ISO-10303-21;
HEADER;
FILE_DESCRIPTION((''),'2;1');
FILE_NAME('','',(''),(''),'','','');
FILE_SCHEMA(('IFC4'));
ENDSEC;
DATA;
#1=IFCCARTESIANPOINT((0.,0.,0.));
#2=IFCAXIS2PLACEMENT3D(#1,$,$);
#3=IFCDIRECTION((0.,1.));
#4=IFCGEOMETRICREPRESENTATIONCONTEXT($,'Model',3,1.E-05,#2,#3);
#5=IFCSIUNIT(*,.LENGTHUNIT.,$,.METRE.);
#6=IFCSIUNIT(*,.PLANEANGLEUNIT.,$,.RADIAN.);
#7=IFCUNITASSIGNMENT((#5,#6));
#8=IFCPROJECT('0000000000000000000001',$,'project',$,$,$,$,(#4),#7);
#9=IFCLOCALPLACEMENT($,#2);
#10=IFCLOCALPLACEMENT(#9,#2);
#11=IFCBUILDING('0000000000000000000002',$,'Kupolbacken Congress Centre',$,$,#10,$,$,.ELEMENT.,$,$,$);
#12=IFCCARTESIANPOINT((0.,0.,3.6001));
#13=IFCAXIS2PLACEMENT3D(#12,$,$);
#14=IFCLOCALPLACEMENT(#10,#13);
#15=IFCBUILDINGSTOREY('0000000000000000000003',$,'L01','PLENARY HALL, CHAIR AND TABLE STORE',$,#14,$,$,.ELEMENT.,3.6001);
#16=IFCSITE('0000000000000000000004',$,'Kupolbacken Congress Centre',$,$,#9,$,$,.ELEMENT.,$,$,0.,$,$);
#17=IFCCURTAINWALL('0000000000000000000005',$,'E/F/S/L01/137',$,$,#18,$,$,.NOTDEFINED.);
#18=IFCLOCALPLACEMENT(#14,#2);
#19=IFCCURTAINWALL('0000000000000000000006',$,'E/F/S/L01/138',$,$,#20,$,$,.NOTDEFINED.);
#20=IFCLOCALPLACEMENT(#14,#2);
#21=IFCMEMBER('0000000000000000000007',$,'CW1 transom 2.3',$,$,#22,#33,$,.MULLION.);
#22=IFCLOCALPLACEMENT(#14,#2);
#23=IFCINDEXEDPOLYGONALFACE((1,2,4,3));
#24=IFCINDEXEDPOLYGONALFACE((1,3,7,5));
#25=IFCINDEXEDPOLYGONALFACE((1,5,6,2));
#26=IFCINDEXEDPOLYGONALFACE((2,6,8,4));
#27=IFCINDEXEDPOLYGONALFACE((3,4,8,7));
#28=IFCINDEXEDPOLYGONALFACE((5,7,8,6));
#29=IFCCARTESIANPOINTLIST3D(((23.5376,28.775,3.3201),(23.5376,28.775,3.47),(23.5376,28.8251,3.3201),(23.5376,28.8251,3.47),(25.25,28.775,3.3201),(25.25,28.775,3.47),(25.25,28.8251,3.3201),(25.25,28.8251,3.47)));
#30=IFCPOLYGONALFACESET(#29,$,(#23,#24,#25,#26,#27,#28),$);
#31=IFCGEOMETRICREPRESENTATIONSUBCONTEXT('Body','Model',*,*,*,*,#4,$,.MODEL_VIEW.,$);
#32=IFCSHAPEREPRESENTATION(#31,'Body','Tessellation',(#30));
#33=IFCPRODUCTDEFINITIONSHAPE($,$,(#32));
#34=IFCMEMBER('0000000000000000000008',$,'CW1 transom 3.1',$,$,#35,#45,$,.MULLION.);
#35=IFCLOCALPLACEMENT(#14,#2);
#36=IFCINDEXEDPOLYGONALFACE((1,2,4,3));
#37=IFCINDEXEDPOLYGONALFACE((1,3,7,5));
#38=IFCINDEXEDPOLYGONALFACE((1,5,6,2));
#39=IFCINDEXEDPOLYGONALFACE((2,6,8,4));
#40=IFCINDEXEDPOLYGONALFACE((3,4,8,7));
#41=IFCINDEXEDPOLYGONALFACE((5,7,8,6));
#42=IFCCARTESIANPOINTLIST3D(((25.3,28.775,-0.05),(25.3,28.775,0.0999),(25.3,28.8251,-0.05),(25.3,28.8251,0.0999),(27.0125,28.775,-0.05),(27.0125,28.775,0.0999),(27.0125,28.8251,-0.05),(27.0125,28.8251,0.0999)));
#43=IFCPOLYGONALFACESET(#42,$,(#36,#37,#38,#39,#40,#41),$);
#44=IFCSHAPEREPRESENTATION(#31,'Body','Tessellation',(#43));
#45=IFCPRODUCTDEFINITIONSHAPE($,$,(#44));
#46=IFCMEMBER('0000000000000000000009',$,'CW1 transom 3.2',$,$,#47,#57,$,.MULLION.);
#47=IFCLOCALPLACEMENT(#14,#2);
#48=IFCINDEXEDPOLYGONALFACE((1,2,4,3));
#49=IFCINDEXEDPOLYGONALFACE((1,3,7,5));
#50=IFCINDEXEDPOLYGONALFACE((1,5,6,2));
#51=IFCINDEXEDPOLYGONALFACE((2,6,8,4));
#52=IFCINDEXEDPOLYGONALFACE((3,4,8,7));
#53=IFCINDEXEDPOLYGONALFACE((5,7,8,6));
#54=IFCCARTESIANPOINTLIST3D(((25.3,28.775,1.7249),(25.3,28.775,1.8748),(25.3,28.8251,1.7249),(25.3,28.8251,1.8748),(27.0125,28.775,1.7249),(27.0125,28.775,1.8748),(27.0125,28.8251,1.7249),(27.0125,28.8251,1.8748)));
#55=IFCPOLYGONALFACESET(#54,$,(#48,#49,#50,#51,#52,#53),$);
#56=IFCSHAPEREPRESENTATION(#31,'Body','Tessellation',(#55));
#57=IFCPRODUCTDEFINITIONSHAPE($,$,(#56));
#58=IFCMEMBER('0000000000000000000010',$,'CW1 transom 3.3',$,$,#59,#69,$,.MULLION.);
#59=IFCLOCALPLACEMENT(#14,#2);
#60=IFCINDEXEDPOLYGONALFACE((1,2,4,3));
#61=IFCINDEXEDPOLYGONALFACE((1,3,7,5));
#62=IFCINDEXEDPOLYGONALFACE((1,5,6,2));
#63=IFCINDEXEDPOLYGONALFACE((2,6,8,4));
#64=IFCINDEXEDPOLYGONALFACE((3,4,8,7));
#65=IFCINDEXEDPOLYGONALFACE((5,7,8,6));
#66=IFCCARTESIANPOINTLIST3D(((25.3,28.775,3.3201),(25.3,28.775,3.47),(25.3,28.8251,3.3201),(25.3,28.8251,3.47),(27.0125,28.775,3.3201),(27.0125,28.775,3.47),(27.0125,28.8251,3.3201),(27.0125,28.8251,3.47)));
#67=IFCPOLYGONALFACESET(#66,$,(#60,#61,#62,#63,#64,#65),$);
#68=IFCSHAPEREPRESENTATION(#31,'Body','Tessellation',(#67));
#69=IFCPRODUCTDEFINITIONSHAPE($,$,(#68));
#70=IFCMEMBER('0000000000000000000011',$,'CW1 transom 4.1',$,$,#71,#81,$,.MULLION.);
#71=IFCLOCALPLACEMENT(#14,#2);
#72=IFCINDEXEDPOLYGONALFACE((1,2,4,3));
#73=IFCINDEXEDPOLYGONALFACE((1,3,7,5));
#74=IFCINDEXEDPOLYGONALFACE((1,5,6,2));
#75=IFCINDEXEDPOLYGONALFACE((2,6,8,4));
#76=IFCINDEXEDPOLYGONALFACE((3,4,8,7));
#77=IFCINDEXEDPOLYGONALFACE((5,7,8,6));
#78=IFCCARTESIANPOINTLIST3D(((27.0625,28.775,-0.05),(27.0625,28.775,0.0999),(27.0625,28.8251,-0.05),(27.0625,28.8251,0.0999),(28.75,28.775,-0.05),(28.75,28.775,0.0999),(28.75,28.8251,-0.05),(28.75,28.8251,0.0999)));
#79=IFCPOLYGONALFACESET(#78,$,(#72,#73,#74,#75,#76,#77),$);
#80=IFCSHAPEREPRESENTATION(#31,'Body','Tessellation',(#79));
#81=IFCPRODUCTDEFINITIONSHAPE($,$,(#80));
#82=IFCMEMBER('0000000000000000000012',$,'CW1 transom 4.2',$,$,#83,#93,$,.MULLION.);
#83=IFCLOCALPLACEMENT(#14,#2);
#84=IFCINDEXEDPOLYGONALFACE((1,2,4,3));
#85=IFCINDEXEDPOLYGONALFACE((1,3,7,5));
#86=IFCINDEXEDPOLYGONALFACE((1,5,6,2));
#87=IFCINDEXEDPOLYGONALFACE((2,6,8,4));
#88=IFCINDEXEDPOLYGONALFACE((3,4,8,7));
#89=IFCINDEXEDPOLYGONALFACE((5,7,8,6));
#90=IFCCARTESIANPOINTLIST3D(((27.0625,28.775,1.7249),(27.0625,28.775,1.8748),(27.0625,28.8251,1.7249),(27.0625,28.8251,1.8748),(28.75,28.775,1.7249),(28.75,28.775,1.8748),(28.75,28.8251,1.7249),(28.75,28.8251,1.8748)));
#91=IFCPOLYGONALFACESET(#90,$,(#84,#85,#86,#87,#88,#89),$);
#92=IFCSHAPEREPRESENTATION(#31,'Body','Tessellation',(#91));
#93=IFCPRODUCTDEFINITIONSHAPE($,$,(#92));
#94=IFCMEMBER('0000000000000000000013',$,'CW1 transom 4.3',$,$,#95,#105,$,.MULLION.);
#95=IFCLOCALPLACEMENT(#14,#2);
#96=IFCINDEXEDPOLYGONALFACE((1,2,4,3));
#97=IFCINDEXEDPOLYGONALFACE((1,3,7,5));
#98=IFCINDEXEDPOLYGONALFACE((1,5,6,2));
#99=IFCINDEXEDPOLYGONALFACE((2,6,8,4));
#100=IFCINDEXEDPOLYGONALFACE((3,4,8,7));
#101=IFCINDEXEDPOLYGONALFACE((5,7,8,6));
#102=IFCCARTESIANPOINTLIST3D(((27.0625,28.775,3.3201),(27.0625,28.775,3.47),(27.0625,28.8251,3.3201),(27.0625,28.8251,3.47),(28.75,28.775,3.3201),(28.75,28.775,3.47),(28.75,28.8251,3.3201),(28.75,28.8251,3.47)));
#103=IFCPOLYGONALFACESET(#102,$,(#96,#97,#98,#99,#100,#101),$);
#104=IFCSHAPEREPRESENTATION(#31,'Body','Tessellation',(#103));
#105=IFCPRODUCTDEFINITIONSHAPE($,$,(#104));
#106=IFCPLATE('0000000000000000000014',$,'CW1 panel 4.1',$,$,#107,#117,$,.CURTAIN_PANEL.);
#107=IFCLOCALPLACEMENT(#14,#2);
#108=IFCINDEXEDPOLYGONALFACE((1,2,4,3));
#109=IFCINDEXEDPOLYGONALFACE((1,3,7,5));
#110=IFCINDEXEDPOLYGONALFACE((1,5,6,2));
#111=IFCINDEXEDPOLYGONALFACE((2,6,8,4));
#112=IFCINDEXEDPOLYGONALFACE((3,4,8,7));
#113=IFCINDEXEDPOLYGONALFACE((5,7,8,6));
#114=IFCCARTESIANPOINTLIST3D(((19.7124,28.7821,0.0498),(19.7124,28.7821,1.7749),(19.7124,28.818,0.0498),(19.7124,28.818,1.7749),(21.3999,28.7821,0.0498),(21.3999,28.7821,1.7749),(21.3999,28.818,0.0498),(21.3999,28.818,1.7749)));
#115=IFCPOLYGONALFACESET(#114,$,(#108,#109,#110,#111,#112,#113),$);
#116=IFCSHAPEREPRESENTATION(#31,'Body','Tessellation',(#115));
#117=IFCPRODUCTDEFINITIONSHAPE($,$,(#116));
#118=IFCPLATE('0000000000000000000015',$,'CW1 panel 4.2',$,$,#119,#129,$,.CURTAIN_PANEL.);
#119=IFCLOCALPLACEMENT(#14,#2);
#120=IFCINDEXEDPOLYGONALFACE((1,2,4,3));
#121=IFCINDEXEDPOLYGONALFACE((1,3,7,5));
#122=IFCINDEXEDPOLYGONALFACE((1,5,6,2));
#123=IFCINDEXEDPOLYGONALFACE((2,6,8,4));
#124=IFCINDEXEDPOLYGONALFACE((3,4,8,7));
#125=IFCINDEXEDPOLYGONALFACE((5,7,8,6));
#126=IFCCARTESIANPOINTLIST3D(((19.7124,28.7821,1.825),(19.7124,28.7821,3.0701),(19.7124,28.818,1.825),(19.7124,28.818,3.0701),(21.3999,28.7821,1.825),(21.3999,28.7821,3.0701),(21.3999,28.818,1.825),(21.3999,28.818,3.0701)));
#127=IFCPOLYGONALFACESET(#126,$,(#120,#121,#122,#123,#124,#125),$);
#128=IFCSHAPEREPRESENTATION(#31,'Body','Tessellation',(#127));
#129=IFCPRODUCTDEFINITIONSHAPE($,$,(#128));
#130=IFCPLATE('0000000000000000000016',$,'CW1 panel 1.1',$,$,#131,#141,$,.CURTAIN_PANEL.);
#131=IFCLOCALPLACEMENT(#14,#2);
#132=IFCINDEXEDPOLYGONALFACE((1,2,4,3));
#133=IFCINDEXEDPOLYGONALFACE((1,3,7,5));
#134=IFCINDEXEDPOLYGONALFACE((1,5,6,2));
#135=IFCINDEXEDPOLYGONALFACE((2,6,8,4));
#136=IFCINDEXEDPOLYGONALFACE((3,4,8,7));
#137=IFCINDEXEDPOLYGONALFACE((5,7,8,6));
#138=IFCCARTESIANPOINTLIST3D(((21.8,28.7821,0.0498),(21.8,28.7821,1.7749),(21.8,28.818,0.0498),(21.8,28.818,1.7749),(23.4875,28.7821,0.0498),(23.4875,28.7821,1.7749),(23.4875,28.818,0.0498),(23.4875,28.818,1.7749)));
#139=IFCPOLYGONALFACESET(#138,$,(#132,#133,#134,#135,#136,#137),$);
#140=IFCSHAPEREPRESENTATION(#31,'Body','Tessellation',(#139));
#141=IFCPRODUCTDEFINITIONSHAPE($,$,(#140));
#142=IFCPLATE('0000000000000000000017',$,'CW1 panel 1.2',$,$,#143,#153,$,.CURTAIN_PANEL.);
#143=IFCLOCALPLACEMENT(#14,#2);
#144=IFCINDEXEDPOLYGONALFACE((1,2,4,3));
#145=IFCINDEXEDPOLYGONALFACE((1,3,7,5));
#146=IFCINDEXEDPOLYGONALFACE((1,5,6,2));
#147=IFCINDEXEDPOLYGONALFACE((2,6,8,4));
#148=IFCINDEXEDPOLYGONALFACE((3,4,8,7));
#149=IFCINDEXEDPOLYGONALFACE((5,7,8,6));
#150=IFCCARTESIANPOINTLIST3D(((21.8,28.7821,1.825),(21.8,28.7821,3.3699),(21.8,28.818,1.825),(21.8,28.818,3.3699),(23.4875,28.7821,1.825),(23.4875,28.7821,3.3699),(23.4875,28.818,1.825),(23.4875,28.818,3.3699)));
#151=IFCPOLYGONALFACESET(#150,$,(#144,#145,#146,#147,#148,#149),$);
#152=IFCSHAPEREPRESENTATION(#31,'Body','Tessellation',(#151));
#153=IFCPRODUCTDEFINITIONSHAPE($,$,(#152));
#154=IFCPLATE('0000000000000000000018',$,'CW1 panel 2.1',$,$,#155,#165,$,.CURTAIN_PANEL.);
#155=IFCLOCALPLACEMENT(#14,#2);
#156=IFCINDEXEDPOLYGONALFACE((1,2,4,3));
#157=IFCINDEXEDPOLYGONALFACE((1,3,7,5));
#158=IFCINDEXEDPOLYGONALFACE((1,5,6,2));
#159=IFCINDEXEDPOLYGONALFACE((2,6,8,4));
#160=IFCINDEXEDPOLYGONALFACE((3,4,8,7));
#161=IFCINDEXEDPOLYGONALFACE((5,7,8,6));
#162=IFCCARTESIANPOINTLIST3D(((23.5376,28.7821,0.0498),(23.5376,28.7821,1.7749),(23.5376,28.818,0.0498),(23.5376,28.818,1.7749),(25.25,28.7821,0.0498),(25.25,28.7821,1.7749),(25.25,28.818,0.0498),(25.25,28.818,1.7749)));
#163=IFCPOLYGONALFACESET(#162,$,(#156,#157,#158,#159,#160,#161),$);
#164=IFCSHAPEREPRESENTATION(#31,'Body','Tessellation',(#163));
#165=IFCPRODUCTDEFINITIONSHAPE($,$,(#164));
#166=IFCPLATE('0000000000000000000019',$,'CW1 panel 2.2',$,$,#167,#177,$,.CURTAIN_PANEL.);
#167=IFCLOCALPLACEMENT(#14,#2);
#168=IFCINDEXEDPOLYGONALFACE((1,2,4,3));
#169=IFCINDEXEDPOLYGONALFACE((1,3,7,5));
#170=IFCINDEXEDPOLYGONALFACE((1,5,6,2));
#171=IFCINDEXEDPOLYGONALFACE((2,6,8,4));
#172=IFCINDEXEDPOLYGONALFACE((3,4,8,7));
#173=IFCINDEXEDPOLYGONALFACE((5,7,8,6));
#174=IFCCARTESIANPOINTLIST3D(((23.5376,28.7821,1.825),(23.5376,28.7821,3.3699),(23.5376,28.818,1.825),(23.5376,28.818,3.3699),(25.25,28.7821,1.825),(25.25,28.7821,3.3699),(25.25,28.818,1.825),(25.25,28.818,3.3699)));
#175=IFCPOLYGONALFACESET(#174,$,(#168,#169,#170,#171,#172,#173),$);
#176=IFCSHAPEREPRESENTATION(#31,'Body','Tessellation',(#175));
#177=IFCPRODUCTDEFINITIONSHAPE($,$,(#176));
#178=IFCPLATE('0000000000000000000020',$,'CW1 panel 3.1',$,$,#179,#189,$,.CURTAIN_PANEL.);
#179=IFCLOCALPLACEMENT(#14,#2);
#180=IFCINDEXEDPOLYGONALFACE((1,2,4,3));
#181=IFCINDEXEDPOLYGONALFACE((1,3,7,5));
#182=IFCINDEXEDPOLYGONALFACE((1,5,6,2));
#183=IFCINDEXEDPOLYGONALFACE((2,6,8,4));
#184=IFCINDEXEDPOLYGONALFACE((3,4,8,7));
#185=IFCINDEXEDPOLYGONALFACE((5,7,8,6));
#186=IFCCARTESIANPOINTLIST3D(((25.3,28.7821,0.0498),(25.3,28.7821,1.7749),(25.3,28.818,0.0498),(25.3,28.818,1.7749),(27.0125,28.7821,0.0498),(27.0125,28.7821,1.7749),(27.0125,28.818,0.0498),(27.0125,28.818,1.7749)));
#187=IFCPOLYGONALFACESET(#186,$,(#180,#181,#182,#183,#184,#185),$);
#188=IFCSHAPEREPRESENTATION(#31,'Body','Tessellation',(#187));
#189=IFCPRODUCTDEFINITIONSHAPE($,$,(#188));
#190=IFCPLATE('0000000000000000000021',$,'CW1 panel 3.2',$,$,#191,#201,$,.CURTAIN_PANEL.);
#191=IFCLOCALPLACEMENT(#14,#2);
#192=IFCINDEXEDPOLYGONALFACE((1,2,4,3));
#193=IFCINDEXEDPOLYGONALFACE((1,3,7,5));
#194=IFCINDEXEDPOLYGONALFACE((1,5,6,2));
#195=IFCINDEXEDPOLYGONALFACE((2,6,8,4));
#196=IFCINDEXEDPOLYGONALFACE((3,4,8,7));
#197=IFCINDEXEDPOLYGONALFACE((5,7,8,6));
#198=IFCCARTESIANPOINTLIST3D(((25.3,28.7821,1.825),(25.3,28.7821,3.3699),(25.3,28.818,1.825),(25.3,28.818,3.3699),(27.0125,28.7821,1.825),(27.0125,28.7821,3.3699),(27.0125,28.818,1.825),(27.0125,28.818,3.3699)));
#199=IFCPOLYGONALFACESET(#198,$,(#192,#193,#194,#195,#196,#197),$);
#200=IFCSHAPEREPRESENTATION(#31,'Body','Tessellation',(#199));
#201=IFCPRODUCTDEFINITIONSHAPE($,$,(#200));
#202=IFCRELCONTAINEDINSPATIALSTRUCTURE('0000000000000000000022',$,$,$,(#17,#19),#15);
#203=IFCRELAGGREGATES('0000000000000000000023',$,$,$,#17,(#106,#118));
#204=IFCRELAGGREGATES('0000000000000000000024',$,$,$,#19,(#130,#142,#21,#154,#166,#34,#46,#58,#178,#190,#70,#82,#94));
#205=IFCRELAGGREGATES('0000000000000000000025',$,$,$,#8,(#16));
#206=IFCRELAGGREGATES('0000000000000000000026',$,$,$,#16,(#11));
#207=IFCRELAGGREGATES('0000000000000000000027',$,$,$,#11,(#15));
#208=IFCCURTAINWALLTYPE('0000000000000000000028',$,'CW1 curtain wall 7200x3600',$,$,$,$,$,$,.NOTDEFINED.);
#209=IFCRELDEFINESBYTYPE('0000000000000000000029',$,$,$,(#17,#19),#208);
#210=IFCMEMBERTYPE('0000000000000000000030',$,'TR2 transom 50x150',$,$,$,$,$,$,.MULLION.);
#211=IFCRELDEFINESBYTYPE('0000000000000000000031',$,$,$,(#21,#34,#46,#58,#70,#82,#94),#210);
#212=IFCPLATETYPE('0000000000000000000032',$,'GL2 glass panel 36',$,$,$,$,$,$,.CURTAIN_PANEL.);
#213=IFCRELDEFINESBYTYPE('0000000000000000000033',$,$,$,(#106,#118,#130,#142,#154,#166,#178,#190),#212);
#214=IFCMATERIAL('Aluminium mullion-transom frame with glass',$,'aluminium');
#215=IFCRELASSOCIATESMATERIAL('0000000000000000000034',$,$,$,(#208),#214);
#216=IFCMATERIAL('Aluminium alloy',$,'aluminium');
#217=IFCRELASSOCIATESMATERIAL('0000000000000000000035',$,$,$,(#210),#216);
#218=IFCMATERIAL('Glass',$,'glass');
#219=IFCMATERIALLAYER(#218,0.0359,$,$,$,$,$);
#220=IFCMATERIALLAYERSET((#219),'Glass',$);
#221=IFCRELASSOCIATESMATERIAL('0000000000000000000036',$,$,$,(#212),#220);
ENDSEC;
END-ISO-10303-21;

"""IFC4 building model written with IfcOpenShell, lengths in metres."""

from ifc_helpers import new_model, si_unit, direction, frame, origin, origin_2d, place, context, subcontext, project, spatial, rectangle, extrude, material, layer, layer_set, material_profile, profile_set, type_object, element, aggregate, save


model = new_model("IFC4")

# Units and contexts
model_context = context("Model", 3, precision=1e-05, world=origin(), true_north=direction((0.0, 1.0)))
body_context = subcontext(model_context, "Body", "Model", "MODEL_VIEW")
ifc_project = project(units=[si_unit("LENGTHUNIT", "METRE"), si_unit("PLANEANGLEUNIT", "RADIAN")], contexts=[model_context])

# Site, building, storey
site_placement = place(None, origin())
site = spatial("IfcSite", under=ifc_project, at=site_placement, Name="Kupolbacken Congress Centre", CompositionType="ELEMENT", RefElevation=0.0)
building_placement = place(site_placement, origin())
building = spatial("IfcBuilding", under=site, at=building_placement, Name="Kupolbacken Congress Centre", CompositionType="ELEMENT")
storey_placement = place(building_placement, frame((0.0, 0.0, 3.6001)))
storey = spatial("IfcBuildingStorey", under=building, at=storey_placement, Name="L01", Description="PLENARY HALL, CHAIR AND TABLE STORE", CompositionType="ELEMENT", Elevation=3.6001)

# Curtain wall
ifc_material_1 = material(Name="Aluminium mullion-transom frame with glass", Category="aluminium")
curtain_wall_type = type_object("IfcCurtainWallType", Name="CW1 curtain wall 7200x3600", PredefinedType="NOTDEFINED", material=ifc_material_1)
curtain_wall_1_placement = place(storey_placement, origin())
curtain_wall_1 = element("IfcCurtainWall", 1, at=curtain_wall_1_placement, inside=storey, type_object=curtain_wall_type, Name="E/F/S/L01/137", PredefinedType="NOTDEFINED")

# Curtain wall, members
curtain_wall_2_placement = place(storey_placement, origin())
curtain_wall_2 = element("IfcCurtainWall", 2, at=curtain_wall_2_placement, inside=storey, type_object=curtain_wall_type, Name="E/F/S/L01/138", PredefinedType="NOTDEFINED")
ifc_material_2 = material(Name="Aluminium alloy", Category="aluminium")
ifc_material_profile_1 = material_profile(ifc_material_2, rectangle(XDim=0.05, YDim=0.1499, at=origin_2d()), Name="50 x 150")
ifc_profile_set_1 = profile_set([ifc_material_profile_1], Name="Aluminium alloy")
member_type_1 = type_object("IfcMemberType", Name="TR2 transom 50x150", PredefinedType="MULLION", material=ifc_profile_set_1)
member_1_placement = place(storey_placement, frame((23.5376, 28.8, 3.395), z_axis=(1.0, 0.0, 0.0), x_axis=(0.0, 1.0, 0.0)))
member_1 = element("IfcMember", 3, at=member_1_placement, type_object=member_type_1, Name="CW1 transom 2.3", PredefinedType="MULLION", context=body_context, shape_type="SweptSolid", body=[
    extrude(rectangle(XDim=0.05, YDim=0.1499, at=origin_2d()), origin(), (0.0, 0.0, 1.0), 1.7124),
])
member_2_placement = place(storey_placement, frame((25.3, 28.8, 0.0249), z_axis=(1.0, 0.0, 0.0), x_axis=(0.0, 1.0, 0.0)))
member_2 = element("IfcMember", 4, at=member_2_placement, type_object=member_type_1, Name="CW1 transom 3.1", PredefinedType="MULLION", context=body_context, shape_type="SweptSolid", body=[
    extrude(rectangle(XDim=0.05, YDim=0.1499, at=origin_2d()), origin(), (0.0, 0.0, 1.0), 1.7124),
])
member_3_placement = place(storey_placement, frame((25.3, 28.8, 1.7998), z_axis=(1.0, 0.0, 0.0), x_axis=(0.0, 1.0, 0.0)))
member_3 = element("IfcMember", 5, at=member_3_placement, type_object=member_type_1, Name="CW1 transom 3.2", PredefinedType="MULLION", context=body_context, shape_type="SweptSolid", body=[
    extrude(rectangle(XDim=0.05, YDim=0.1499, at=origin_2d()), origin(), (0.0, 0.0, 1.0), 1.7124),
])
member_4_placement = place(storey_placement, frame((25.3, 28.8, 3.395), z_axis=(1.0, 0.0, 0.0), x_axis=(0.0, 1.0, 0.0)))
member_4 = element("IfcMember", 6, at=member_4_placement, type_object=member_type_1, Name="CW1 transom 3.3", PredefinedType="MULLION", context=body_context, shape_type="SweptSolid", body=[
    extrude(rectangle(XDim=0.05, YDim=0.1499, at=origin_2d()), origin(), (0.0, 0.0, 1.0), 1.7124),
])
member_5_placement = place(storey_placement, frame((27.0625, 28.8, 0.0249), z_axis=(1.0, 0.0, 0.0), x_axis=(0.0, 1.0, 0.0)))
member_5 = element("IfcMember", 7, at=member_5_placement, type_object=member_type_1, Name="CW1 transom 4.1", PredefinedType="MULLION", context=body_context, shape_type="SweptSolid", body=[
    extrude(rectangle(XDim=0.05, YDim=0.1499, at=origin_2d()), origin(), (0.0, 0.0, 1.0), 1.6875),
])
member_6_placement = place(storey_placement, frame((27.0625, 28.8, 1.7998), z_axis=(1.0, 0.0, 0.0), x_axis=(0.0, 1.0, 0.0)))
member_6 = element("IfcMember", 8, at=member_6_placement, type_object=member_type_1, Name="CW1 transom 4.2", PredefinedType="MULLION", context=body_context, shape_type="SweptSolid", body=[
    extrude(rectangle(XDim=0.05, YDim=0.1499, at=origin_2d()), origin(), (0.0, 0.0, 1.0), 1.6875),
])
member_7_placement = place(storey_placement, frame((27.0625, 28.8, 3.395), z_axis=(1.0, 0.0, 0.0), x_axis=(0.0, 1.0, 0.0)))
member_7 = element("IfcMember", 9, at=member_7_placement, type_object=member_type_1, Name="CW1 transom 4.3", PredefinedType="MULLION", context=body_context, shape_type="SweptSolid", body=[
    extrude(rectangle(XDim=0.05, YDim=0.1499, at=origin_2d()), origin(), (0.0, 0.0, 1.0), 1.6875),
])

# Plates
ifc_material_3 = material(Name="Glass", Category="glass")
ifc_layer = layer(ifc_material_3, 0.0359)
ifc_layer_set = layer_set([ifc_layer], Name="Glass")
plate_type = type_object("IfcPlateType", Name="GL2 glass panel 36", PredefinedType="CURTAIN_PANEL", material=ifc_layer_set)
plate_1_placement = place(storey_placement, frame((20.5562, 28.8, 0.0498), z_axis=(0.0, 0.0, 1.0), x_axis=(1.0, 0.0, 0.0)))
plate_1 = element("IfcPlate", 10, at=plate_1_placement, type_object=plate_type, Name="CW1 panel 4.1", PredefinedType="CURTAIN_PANEL", context=body_context, shape_type="SweptSolid", body=[
    extrude(rectangle(XDim=1.6875, YDim=0.0359, at=origin_2d()), origin(), (0.0, 0.0, 1.0), 1.7251),
])
plate_2_placement = place(storey_placement, frame((20.5562, 28.8, 1.825), z_axis=(0.0, 0.0, 1.0), x_axis=(1.0, 0.0, 0.0)))
plate_2 = element("IfcPlate", 11, at=plate_2_placement, type_object=plate_type, Name="CW1 panel 4.2", PredefinedType="CURTAIN_PANEL", context=body_context, shape_type="SweptSolid", body=[
    extrude(rectangle(XDim=1.6875, YDim=0.0359, at=origin_2d()), origin(), (0.0, 0.0, 1.0), 1.2451),
])
aggregate(curtain_wall_1, [plate_1, plate_2])
plate_3_placement = place(storey_placement, frame((22.6438, 28.8, 0.0498), z_axis=(0.0, 0.0, 1.0), x_axis=(1.0, 0.0, 0.0)))
plate_3 = element("IfcPlate", 12, at=plate_3_placement, type_object=plate_type, Name="CW1 panel 1.1", PredefinedType="CURTAIN_PANEL", context=body_context, shape_type="SweptSolid", body=[
    extrude(rectangle(XDim=1.6875, YDim=0.0359, at=origin_2d()), origin(), (0.0, 0.0, 1.0), 1.7251),
])
plate_4_placement = place(storey_placement, frame((22.6438, 28.8, 1.825), z_axis=(0.0, 0.0, 1.0), x_axis=(1.0, 0.0, 0.0)))
plate_4 = element("IfcPlate", 13, at=plate_4_placement, type_object=plate_type, Name="CW1 panel 1.2", PredefinedType="CURTAIN_PANEL", context=body_context, shape_type="SweptSolid", body=[
    extrude(rectangle(XDim=1.6875, YDim=0.0359, at=origin_2d()), origin(), (0.0, 0.0, 1.0), 1.5449),
])
plate_5_placement = place(storey_placement, frame((24.3938, 28.8, 0.0498), z_axis=(0.0, 0.0, 1.0), x_axis=(1.0, 0.0, 0.0)))
plate_5 = element("IfcPlate", 14, at=plate_5_placement, type_object=plate_type, Name="CW1 panel 2.1", PredefinedType="CURTAIN_PANEL", context=body_context, shape_type="SweptSolid", body=[
    extrude(rectangle(XDim=1.7124, YDim=0.0359, at=origin_2d()), origin(), (0.0, 0.0, 1.0), 1.7251),
])
plate_6_placement = place(storey_placement, frame((24.3938, 28.8, 1.825), z_axis=(0.0, 0.0, 1.0), x_axis=(1.0, 0.0, 0.0)))
plate_6 = element("IfcPlate", 15, at=plate_6_placement, type_object=plate_type, Name="CW1 panel 2.2", PredefinedType="CURTAIN_PANEL", context=body_context, shape_type="SweptSolid", body=[
    extrude(rectangle(XDim=1.7124, YDim=0.0359, at=origin_2d()), origin(), (0.0, 0.0, 1.0), 1.5449),
])
plate_7_placement = place(storey_placement, frame((26.1562, 28.8, 0.0498), z_axis=(0.0, 0.0, 1.0), x_axis=(1.0, 0.0, 0.0)))
plate_7 = element("IfcPlate", 16, at=plate_7_placement, type_object=plate_type, Name="CW1 panel 3.1", PredefinedType="CURTAIN_PANEL", context=body_context, shape_type="SweptSolid", body=[
    extrude(rectangle(XDim=1.7124, YDim=0.0359, at=origin_2d()), origin(), (0.0, 0.0, 1.0), 1.7251),
])
plate_8_placement = place(storey_placement, frame((26.1562, 28.8, 1.825), z_axis=(0.0, 0.0, 1.0), x_axis=(1.0, 0.0, 0.0)))
plate_8 = element("IfcPlate", 17, at=plate_8_placement, type_object=plate_type, Name="CW1 panel 3.2", PredefinedType="CURTAIN_PANEL", context=body_context, shape_type="SweptSolid", body=[
    extrude(rectangle(XDim=1.7124, YDim=0.0359, at=origin_2d()), origin(), (0.0, 0.0, 1.0), 1.5449),
])
aggregate(curtain_wall_2, [plate_3, plate_4, member_1, plate_5, plate_6, member_2, member_3, member_4, plate_7, plate_8, member_5, member_6, member_7])

save(model, "model.ifc")
